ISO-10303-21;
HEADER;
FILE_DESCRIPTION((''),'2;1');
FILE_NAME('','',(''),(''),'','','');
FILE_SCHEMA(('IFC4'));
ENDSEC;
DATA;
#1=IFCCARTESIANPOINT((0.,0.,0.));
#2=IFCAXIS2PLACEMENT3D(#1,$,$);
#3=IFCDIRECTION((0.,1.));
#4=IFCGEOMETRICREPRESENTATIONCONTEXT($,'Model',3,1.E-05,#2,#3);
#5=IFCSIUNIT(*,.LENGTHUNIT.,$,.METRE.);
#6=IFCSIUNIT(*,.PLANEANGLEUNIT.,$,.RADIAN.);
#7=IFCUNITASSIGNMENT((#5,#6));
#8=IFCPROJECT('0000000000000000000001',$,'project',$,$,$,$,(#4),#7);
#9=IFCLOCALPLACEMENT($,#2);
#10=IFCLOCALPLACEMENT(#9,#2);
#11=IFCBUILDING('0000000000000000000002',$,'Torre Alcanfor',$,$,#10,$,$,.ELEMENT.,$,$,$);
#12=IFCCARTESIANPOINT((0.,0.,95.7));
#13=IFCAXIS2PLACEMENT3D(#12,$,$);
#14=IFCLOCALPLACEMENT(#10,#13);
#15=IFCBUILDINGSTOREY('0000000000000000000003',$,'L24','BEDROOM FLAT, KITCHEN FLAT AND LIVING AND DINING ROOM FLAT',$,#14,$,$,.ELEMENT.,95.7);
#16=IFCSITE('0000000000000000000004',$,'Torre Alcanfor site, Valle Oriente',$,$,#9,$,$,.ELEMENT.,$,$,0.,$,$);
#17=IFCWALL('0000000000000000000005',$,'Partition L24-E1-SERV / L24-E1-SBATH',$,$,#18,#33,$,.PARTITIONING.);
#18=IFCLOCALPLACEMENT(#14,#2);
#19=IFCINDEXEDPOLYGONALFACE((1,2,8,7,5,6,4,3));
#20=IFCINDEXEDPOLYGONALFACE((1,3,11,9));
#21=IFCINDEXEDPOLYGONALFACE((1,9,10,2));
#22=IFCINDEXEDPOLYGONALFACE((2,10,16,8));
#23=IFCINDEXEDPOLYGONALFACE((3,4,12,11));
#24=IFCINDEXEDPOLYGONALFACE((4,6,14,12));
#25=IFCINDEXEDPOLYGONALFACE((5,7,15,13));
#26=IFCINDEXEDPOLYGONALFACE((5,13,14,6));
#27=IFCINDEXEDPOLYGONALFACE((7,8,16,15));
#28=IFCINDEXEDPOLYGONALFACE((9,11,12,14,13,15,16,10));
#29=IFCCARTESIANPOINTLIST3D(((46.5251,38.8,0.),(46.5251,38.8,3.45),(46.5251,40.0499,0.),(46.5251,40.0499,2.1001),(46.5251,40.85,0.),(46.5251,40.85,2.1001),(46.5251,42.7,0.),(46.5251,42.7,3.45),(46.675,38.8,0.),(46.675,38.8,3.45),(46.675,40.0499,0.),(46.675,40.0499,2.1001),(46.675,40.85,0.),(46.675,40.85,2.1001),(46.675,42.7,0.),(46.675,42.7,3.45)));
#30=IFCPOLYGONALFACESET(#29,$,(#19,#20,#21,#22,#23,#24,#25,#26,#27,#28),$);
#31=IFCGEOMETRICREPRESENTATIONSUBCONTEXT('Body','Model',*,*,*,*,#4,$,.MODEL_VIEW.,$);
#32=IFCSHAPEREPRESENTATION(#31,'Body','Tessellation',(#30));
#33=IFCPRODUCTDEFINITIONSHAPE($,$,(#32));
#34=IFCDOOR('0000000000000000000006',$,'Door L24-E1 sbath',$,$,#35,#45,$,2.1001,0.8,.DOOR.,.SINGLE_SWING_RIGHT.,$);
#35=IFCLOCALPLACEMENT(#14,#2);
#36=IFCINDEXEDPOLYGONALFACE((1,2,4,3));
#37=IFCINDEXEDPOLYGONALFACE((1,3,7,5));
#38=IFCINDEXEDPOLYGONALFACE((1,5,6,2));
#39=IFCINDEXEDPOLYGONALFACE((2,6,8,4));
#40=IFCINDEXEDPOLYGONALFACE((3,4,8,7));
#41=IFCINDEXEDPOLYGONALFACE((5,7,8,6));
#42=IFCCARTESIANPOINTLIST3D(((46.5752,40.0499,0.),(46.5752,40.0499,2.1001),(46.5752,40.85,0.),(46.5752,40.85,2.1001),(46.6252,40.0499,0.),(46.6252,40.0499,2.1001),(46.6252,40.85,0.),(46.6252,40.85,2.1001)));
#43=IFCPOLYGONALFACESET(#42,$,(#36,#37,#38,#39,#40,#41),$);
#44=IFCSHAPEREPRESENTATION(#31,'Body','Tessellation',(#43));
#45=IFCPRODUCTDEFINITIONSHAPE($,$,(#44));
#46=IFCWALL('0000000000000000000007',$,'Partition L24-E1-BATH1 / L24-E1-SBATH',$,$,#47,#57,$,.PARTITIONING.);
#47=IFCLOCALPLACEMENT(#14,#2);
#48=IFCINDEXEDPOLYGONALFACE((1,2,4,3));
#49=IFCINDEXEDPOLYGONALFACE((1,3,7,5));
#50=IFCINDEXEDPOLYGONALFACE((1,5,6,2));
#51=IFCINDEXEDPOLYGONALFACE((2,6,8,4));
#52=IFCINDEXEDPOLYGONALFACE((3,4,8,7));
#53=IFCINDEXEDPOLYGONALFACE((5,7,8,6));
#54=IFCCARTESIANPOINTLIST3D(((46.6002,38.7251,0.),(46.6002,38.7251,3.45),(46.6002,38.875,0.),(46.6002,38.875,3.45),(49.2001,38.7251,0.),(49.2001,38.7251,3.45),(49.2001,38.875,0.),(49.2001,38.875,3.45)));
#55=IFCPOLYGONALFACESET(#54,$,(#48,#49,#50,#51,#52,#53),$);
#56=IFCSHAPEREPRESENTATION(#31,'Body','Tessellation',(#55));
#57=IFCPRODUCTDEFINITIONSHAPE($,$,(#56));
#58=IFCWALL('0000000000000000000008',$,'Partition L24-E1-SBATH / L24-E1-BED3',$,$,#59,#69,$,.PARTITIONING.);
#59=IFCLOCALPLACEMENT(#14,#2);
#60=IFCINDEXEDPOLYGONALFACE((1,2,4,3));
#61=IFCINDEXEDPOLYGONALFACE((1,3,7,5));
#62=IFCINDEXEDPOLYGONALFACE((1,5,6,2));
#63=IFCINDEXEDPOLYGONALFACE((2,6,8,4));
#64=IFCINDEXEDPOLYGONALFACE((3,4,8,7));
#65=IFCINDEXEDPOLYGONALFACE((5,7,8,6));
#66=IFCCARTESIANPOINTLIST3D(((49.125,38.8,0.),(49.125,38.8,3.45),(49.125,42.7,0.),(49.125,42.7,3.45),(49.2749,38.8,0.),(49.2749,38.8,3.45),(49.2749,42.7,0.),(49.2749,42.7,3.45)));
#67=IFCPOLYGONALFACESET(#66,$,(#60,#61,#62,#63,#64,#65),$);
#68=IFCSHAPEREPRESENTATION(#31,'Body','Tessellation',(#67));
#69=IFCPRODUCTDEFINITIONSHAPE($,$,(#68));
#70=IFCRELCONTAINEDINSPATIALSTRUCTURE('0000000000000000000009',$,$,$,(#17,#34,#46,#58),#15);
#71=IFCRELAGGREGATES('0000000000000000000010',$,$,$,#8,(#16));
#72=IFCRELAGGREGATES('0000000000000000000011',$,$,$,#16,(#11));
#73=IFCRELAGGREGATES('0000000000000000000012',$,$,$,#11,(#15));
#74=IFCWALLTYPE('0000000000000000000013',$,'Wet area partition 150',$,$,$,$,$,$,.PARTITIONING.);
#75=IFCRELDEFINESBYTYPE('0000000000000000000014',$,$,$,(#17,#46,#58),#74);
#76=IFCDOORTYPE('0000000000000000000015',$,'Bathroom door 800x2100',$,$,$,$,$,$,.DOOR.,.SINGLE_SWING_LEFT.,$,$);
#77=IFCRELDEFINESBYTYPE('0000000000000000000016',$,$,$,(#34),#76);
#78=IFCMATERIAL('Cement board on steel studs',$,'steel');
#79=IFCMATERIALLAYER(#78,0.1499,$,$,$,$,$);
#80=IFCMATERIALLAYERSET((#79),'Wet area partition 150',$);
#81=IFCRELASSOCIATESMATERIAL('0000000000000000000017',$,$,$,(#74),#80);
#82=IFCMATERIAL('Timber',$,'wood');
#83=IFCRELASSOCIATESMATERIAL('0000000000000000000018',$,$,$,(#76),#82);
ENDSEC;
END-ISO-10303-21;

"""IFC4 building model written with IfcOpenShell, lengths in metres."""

from ifc_helpers import new_model, si_unit, direction, frame, frame_2d, origin, place, context, subcontext, project, spatial, rectangle, extrude, material, layer, layer_set, type_object, element, fill, save


model = new_model("IFC4")

# Units and contexts
model_context = context("Model", 3, precision=1e-05, world=origin(), true_north=direction((0.0, 1.0)))
body_context = subcontext(model_context, "Body", "Model", "MODEL_VIEW")
ifc_project = project(units=[si_unit("LENGTHUNIT", "METRE"), si_unit("PLANEANGLEUNIT", "RADIAN")], contexts=[model_context])

# Site, building, storey
site_placement = place(None, origin())
site = spatial("IfcSite", under=ifc_project, at=site_placement, Name="Torre Alcanfor site, Valle Oriente", CompositionType="ELEMENT", RefElevation=0.0)
building_placement = place(site_placement, origin())
building = spatial("IfcBuilding", under=site, at=building_placement, Name="Torre Alcanfor", CompositionType="ELEMENT")
storey_placement = place(building_placement, frame((0.0, 0.0, 95.7)))
storey = spatial("IfcBuildingStorey", under=building, at=storey_placement, Name="L24", Description="BEDROOM FLAT, KITCHEN FLAT AND LIVING AND DINING ROOM FLAT", CompositionType="ELEMENT", Elevation=95.7)

# Wall, opening, door
ifc_material_1 = material(Name="Cement board on steel studs", Category="steel")
ifc_layer_1 = layer(ifc_material_1, 0.1499)
ifc_layer_set_1 = layer_set([ifc_layer_1], Name="Wet area partition 150")
wall_type_1 = type_object("IfcWallType", Name="Wet area partition 150", PredefinedType="PARTITIONING", material=ifc_layer_set_1)
wall_1_placement = place(storey_placement, frame((46.6001, 38.8, 0.0), z_axis=(0.0, 0.0, 1.0), x_axis=(0.0, 1.0, 0.0)))
wall_1 = element("IfcWall", 1, at=wall_1_placement, inside=storey, type_object=wall_type_1, Name="Partition L24-E1-SERV / L24-E1-SBATH", PredefinedType="PARTITIONING", context=body_context, shape_type="SweptSolid", body=[
    extrude(rectangle(XDim=3.8999, YDim=0.1499, at=frame_2d((1.95, 0.0))), origin(), (0.0, 0.0, 1.0), 3.45),
])
opening_1_placement = place(wall_1_placement, frame((1.25, 0.0, 0.0)))
opening_1 = element("IfcOpeningElement", 2, at=opening_1_placement, cuts=wall_1, PredefinedType="OPENING", context=body_context, shape_type="SweptSolid", body=[
    extrude(rectangle(XDim=0.8, YDim=2.1001, at=frame_2d((0.3999, 1.05))), frame((0.0, 0.085, 0.0), z_axis=(0.0, -1.0, 0.0), x_axis=(1.0, 0.0, 0.0)), (0.0, 0.0, 1.0), 0.1699),
])
ifc_material_2 = material(Name="Timber", Category="wood")
door_type_1 = type_object("IfcDoorType", Name="Bathroom door 800x2100", OperationType="SINGLE_SWING_LEFT", PredefinedType="DOOR", material=ifc_material_2)
door_1_placement = place(opening_1_placement, frame((0.8, 0.0, 0.0), z_axis=(0.0, 0.0, 1.0), x_axis=(-1.0, 0.0, 0.0)))
door_1 = element("IfcDoor", 3, at=door_1_placement, inside=storey, type_object=door_type_1, Name="Door L24-E1 sbath", OperationType="SINGLE_SWING_RIGHT", OverallHeight=2.1001, OverallWidth=0.8, PredefinedType="DOOR", context=body_context, shape_type="SweptSolid", body=[
    extrude(rectangle(XDim=0.8, YDim=2.1001, at=frame_2d((0.4001, 1.05))), frame((0.0, 0.0251, 0.0), z_axis=(0.0, -1.0, 0.0), x_axis=(1.0, 0.0, 0.0)), (0.0, 0.0, 1.0), 0.05),
])
fill(opening_1, door_1)

# Walls
wall_2_placement = place(storey_placement, frame((49.2, 38.8, 0.0), z_axis=(0.0, 0.0, 1.0), x_axis=(-1.0, 0.0, 0.0)))
element("IfcWall", 4, at=wall_2_placement, inside=storey, type_object=wall_type_1, Name="Partition L24-E1-BATH1 / L24-E1-SBATH", PredefinedType="PARTITIONING", context=body_context, shape_type="SweptSolid", body=[
    extrude(rectangle(XDim=2.5999, YDim=0.1499, at=frame_2d((1.2998, 0.0))), origin(), (0.0, 0.0, 1.0), 3.45),
])
wall_3_placement = place(storey_placement, frame((49.2, 38.8, 0.0), z_axis=(0.0, 0.0, 1.0), x_axis=(0.0, 1.0, 0.0)))
element("IfcWall", 5, at=wall_3_placement, inside=storey, type_object=wall_type_1, Name="Partition L24-E1-SBATH / L24-E1-BED3", PredefinedType="PARTITIONING", context=body_context, shape_type="SweptSolid", body=[
    extrude(rectangle(XDim=3.8999, YDim=0.1499, at=frame_2d((1.95, 0.0))), origin(), (0.0, 0.0, 1.0), 3.45),
])

save(model, "model.ifc")
